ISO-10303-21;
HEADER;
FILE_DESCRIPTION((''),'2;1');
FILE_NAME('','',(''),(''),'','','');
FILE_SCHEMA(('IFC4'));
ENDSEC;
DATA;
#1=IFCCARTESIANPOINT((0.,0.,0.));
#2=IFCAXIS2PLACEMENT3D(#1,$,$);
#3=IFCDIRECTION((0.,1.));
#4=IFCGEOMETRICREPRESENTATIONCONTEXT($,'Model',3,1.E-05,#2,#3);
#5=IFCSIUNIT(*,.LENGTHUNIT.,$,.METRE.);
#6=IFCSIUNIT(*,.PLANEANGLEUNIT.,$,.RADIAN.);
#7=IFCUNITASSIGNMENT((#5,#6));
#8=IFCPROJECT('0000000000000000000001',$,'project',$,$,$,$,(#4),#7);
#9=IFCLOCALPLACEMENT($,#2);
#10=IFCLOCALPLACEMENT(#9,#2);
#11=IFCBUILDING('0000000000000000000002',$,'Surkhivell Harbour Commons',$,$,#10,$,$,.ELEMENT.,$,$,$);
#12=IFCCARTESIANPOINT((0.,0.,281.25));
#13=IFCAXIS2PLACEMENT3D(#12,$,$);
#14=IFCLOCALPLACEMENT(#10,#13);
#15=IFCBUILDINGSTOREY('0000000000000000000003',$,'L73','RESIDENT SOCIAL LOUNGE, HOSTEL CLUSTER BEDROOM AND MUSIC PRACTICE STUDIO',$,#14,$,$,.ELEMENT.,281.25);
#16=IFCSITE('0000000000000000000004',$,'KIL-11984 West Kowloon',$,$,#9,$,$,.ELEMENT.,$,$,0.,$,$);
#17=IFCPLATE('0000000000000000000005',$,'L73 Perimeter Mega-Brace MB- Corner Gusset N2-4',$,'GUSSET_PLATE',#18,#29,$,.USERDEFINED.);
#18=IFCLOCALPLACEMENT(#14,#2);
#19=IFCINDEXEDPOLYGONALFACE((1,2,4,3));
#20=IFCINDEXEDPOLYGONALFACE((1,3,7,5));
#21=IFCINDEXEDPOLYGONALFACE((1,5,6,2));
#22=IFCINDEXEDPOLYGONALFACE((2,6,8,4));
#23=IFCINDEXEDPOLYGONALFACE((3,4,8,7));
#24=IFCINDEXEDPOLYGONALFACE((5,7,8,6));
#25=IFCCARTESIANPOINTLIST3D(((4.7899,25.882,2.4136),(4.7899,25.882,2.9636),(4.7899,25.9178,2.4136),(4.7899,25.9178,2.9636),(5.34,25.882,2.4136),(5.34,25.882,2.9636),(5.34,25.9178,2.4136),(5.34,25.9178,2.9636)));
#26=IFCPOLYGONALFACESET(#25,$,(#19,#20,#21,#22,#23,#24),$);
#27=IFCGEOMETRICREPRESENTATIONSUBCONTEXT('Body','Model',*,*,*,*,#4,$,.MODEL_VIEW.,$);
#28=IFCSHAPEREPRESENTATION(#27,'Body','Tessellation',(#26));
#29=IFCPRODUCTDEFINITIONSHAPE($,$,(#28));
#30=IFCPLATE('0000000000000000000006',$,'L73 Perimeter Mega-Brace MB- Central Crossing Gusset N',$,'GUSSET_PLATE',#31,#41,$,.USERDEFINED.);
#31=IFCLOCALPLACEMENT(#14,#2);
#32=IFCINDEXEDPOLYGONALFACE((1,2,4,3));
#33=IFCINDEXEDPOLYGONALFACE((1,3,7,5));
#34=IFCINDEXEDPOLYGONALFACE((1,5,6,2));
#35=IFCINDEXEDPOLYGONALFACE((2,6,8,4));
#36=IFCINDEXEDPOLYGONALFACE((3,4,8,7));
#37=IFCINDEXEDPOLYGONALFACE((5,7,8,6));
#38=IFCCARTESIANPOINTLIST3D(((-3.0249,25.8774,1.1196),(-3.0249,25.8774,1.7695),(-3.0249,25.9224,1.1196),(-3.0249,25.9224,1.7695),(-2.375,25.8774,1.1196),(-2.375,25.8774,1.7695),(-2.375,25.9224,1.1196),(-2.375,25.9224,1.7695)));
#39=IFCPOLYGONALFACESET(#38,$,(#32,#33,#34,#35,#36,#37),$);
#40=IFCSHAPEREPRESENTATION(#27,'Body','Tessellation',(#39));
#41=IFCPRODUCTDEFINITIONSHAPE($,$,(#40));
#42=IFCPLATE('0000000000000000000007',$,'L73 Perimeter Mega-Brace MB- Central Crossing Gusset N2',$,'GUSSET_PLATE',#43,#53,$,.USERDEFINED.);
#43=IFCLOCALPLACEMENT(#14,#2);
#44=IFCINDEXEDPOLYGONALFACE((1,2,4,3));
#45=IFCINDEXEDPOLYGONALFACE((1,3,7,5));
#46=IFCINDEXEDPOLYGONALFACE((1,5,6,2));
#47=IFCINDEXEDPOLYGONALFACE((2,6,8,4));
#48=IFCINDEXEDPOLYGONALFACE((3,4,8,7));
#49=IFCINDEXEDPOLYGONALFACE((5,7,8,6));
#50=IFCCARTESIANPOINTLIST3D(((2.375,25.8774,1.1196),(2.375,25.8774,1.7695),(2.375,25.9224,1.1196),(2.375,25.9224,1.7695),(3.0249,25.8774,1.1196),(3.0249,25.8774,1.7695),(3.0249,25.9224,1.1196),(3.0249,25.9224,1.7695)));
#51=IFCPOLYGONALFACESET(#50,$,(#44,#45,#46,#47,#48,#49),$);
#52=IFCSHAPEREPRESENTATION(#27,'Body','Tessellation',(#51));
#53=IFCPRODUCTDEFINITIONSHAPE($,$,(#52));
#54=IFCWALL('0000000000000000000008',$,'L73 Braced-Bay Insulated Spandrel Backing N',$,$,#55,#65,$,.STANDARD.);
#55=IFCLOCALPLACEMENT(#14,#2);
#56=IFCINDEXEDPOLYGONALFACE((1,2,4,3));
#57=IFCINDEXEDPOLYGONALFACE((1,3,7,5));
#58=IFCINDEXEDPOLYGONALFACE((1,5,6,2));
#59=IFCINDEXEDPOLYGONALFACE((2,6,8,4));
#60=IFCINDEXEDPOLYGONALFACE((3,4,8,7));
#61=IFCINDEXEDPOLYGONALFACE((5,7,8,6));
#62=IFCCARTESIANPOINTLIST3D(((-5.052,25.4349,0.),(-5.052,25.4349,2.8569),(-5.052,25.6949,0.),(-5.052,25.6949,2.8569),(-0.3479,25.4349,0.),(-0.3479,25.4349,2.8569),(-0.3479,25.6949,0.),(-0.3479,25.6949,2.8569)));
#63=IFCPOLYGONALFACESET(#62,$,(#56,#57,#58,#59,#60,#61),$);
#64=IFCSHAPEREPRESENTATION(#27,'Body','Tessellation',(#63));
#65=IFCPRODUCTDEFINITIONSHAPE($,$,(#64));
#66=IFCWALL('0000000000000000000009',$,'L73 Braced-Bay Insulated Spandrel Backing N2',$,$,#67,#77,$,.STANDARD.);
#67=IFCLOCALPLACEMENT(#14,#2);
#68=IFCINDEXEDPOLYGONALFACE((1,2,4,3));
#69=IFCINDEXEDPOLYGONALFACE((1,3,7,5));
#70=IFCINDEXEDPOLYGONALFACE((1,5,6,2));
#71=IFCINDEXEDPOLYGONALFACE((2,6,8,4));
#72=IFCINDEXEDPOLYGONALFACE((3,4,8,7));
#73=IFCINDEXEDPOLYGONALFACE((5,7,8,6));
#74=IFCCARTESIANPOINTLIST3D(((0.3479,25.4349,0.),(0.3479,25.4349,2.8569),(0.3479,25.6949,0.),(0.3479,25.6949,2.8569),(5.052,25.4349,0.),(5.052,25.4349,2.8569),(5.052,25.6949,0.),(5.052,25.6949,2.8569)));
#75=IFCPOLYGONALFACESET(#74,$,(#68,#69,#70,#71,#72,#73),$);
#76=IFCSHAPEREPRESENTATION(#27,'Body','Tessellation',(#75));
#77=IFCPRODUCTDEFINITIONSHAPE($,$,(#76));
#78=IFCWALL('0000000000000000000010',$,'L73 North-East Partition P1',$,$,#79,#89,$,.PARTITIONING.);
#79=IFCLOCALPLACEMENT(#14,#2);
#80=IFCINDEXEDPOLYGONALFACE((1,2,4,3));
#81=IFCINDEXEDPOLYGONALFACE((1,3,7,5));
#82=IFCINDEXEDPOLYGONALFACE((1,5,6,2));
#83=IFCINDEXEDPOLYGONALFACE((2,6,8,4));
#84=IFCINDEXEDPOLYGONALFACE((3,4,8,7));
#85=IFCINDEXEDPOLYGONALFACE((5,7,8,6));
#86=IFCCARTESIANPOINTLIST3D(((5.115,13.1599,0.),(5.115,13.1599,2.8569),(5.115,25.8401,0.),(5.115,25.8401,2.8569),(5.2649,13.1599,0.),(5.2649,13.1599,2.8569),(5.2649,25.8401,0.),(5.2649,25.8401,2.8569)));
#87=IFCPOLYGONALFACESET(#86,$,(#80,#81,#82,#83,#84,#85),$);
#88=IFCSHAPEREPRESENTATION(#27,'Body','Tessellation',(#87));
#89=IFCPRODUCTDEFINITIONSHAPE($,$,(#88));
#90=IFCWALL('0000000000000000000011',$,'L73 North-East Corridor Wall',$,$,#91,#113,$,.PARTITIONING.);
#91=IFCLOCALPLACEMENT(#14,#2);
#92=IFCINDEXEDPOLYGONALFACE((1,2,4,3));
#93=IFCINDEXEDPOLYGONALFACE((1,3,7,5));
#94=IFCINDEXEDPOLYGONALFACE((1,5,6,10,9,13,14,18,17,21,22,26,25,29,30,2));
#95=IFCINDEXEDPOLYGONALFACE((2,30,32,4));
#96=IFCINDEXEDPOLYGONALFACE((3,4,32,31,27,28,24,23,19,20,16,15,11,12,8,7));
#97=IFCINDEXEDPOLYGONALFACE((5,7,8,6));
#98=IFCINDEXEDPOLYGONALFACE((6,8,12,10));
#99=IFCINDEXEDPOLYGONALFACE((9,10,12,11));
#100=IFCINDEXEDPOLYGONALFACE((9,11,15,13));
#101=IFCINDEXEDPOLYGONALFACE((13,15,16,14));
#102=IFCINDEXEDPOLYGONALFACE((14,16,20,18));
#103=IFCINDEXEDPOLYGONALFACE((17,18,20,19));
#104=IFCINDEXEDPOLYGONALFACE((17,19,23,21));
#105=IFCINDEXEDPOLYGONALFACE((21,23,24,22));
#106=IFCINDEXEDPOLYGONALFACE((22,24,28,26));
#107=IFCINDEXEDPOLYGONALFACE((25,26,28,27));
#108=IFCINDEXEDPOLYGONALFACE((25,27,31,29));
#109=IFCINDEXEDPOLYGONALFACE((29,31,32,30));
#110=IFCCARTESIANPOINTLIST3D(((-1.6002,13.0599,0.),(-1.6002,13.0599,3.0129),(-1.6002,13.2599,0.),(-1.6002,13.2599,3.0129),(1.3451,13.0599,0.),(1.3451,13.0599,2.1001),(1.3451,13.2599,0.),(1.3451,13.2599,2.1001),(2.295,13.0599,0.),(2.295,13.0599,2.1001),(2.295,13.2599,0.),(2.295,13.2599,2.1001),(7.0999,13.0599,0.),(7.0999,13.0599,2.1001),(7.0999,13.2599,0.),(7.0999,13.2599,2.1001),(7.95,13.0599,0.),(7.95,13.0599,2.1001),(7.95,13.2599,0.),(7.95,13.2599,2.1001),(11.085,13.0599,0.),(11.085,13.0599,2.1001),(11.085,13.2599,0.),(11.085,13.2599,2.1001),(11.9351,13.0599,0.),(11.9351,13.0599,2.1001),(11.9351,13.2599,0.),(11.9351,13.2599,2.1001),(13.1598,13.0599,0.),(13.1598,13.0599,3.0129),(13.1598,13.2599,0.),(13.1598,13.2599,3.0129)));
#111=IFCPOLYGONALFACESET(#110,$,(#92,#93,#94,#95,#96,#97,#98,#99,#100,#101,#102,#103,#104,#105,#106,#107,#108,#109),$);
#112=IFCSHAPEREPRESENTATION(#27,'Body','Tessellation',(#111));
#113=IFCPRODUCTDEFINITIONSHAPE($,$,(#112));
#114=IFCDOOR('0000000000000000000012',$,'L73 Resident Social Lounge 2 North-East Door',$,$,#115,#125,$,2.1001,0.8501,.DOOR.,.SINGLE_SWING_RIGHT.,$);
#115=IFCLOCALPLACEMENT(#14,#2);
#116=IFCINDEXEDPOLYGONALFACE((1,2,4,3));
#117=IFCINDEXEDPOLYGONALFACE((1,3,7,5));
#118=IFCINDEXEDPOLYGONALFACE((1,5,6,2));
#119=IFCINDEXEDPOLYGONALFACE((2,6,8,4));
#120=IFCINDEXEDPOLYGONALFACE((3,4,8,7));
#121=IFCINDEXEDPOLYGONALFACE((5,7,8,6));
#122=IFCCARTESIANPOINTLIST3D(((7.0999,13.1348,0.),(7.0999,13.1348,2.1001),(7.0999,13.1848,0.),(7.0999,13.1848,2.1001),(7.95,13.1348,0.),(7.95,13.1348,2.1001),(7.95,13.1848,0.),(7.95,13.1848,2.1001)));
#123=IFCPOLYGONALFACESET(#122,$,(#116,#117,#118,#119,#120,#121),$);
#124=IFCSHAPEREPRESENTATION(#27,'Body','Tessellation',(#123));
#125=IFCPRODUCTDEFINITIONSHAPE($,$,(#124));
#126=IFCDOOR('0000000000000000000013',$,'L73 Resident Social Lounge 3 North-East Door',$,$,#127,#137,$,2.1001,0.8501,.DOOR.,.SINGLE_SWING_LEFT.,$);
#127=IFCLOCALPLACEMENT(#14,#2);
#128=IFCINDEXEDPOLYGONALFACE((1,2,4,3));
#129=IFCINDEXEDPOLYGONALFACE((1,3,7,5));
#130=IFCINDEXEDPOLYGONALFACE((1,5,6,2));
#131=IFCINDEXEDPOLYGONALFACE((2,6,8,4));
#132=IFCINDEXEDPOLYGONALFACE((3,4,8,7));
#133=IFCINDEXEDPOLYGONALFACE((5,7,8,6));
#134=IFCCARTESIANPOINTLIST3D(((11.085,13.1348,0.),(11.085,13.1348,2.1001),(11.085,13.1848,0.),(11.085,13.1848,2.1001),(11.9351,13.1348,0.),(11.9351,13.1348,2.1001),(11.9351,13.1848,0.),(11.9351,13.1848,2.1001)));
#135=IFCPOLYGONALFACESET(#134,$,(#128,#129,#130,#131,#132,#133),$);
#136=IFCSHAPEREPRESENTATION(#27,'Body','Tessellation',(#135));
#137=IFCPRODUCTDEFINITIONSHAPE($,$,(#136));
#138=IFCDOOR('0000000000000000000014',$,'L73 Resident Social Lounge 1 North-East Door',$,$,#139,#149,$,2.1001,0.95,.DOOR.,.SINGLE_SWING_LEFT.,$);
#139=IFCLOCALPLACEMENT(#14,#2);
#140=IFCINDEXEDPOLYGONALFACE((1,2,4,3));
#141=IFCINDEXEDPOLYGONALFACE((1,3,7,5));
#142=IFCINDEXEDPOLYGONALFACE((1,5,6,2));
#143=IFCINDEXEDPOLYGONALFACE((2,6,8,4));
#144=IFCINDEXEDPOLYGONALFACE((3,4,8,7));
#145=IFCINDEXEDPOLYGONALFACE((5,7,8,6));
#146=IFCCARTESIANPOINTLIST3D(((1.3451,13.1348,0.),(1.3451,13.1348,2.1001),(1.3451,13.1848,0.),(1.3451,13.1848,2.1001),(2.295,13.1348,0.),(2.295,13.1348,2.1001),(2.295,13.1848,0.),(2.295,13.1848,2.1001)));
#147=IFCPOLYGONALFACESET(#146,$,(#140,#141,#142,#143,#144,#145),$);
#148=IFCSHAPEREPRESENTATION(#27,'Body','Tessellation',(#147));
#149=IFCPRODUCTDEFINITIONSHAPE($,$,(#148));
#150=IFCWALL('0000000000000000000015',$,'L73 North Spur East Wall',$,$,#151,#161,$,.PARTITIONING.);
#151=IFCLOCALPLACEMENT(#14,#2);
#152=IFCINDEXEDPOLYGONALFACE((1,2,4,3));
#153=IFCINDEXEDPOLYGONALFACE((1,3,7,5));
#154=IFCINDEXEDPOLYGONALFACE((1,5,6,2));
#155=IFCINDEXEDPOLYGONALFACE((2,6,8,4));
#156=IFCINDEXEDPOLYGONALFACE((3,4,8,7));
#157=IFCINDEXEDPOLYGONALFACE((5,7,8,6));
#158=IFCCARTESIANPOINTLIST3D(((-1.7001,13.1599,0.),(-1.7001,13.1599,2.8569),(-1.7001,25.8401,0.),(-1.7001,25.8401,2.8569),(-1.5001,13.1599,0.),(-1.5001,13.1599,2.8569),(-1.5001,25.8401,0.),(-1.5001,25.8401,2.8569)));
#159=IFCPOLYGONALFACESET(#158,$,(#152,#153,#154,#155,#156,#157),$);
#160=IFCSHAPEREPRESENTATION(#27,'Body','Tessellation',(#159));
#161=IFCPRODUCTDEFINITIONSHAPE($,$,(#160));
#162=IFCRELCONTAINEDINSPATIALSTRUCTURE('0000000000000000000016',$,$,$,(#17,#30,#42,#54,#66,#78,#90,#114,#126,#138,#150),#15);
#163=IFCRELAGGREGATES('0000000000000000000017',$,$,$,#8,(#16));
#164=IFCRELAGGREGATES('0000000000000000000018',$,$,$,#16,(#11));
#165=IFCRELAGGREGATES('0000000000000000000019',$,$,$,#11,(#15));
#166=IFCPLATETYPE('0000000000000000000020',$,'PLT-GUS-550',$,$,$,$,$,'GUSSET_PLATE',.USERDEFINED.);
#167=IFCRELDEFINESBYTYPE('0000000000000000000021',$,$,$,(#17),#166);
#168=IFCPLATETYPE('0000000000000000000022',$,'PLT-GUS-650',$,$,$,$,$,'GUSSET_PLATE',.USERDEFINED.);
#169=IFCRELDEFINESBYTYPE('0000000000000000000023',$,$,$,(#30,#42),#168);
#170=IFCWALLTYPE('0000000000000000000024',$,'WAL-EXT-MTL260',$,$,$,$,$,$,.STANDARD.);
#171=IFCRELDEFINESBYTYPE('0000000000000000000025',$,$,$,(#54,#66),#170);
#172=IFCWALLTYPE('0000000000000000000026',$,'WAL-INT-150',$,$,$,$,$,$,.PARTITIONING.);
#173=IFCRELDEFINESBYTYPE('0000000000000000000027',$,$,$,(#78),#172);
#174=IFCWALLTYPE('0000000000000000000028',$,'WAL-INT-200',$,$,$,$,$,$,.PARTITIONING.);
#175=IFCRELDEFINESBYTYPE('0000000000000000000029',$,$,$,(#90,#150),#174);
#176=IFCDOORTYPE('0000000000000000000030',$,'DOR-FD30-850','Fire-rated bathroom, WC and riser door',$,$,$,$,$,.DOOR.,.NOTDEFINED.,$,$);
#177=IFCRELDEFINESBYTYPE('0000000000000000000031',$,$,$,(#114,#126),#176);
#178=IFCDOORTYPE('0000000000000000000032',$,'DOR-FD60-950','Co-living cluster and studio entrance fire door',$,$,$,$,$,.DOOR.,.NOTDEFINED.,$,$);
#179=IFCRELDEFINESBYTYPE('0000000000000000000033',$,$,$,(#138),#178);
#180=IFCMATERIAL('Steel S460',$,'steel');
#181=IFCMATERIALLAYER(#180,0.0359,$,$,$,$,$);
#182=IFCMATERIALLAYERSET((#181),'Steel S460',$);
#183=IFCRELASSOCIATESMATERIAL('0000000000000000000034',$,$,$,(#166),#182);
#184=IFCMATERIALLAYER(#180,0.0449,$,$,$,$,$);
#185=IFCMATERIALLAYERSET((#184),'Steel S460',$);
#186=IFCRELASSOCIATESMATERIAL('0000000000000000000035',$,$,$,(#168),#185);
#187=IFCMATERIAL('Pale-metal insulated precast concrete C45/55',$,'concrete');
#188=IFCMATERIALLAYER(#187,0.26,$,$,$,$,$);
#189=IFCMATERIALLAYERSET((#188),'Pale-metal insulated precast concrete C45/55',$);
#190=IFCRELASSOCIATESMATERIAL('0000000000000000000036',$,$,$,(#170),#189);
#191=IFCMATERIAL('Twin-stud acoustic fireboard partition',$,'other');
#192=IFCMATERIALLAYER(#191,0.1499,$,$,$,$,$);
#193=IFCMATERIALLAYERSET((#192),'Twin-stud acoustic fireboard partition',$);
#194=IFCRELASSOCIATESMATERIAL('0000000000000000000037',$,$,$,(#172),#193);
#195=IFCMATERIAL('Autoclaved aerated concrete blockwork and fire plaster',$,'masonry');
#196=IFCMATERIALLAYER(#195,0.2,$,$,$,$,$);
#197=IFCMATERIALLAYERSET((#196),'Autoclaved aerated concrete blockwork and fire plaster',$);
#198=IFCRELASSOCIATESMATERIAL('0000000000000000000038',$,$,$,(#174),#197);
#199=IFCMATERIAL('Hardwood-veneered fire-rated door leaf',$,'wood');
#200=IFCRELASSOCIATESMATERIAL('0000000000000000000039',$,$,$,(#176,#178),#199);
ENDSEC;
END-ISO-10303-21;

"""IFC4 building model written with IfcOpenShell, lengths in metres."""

from ifc_helpers import new_model, si_unit, direction, frame, frame_2d, origin, origin_2d, place, context, subcontext, project, spatial, rectangle, extrude, material, layer, layer_set, type_object, element, fill, save


model = new_model("IFC4")

# Units and contexts
model_context = context("Model", 3, precision=1e-05, world=origin(), true_north=direction((0.0, 1.0)))
body_context = subcontext(model_context, "Body", "Model", "MODEL_VIEW")
ifc_project = project(units=[si_unit("LENGTHUNIT", "METRE"), si_unit("PLANEANGLEUNIT", "RADIAN")], contexts=[model_context])

# Site, building, storey
site_placement = place(None, origin())
site = spatial("IfcSite", under=ifc_project, at=site_placement, Name="KIL-11984 West Kowloon", CompositionType="ELEMENT", RefElevation=0.0)
building_placement = place(site_placement, origin())
building = spatial("IfcBuilding", under=site, at=building_placement, Name="Surkhivell Harbour Commons", CompositionType="ELEMENT")
storey_placement = place(building_placement, frame((0.0, 0.0, 281.25)))
storey = spatial("IfcBuildingStorey", under=building, at=storey_placement, Name="L73", Description="RESIDENT SOCIAL LOUNGE, HOSTEL CLUSTER BEDROOM AND MUSIC PRACTICE STUDIO", CompositionType="ELEMENT", Elevation=281.25)

# Shared definitions
ifc_material_1 = material(Name="Steel S460", Category="steel")

# Plates
ifc_layer_1 = layer(ifc_material_1, 0.0359)
ifc_layer_set_1 = layer_set([ifc_layer_1], Name="Steel S460")
plate_type_1 = type_object("IfcPlateType", Name="PLT-GUS-550", ElementType="GUSSET_PLATE", PredefinedType="USERDEFINED", material=ifc_layer_set_1)
for number, where, z_axis, x_axis, name in (
    (1, (5.0649, 25.8999, 2.4136), (0.0, 0.0, 1.0), (1.0, 0.0, 0.0), "L73 Perimeter Mega-Brace MB- Corner Gusset N2-4"),
):
    element("IfcPlate", number, at=place(storey_placement, frame(where, z_axis=z_axis, x_axis=x_axis)), inside=storey, type_object=plate_type_1, Name=name, ObjectType="GUSSET_PLATE", PredefinedType="USERDEFINED", context=body_context, shape_type="SweptSolid", body=[
        extrude(rectangle(XDim=0.55, YDim=0.0359, at=origin_2d()), origin(), (0.0, 0.0, 1.0), 0.55),
    ])
ifc_layer_2 = layer(ifc_material_1, 0.0449)
ifc_layer_set_2 = layer_set([ifc_layer_2], Name="Steel S460")
plate_type_2 = type_object("IfcPlateType", Name="PLT-GUS-650", ElementType="GUSSET_PLATE", PredefinedType="USERDEFINED", material=ifc_layer_set_2)
for number, where, z_axis, x_axis, name in (
    (2, (-2.7, 25.8999, 1.1196), (0.0, 0.0, 1.0), (1.0, 0.0, 0.0), "L73 Perimeter Mega-Brace MB- Central Crossing Gusset N"),
    (3, (2.7, 25.8999, 1.1196), (0.0, 0.0, 1.0), (1.0, 0.0, 0.0), "L73 Perimeter Mega-Brace MB- Central Crossing Gusset N2"),
):
    element("IfcPlate", number, at=place(storey_placement, frame(where, z_axis=z_axis, x_axis=x_axis)), inside=storey, type_object=plate_type_2, Name=name, ObjectType="GUSSET_PLATE", PredefinedType="USERDEFINED", context=body_context, shape_type="SweptSolid", body=[
        extrude(rectangle(XDim=0.6499, YDim=0.0449, at=origin_2d()), origin(), (0.0, 0.0, 1.0), 0.6499),
    ])

# Walls
ifc_material_2 = material(Name="Pale-metal insulated precast concrete C45/55", Category="concrete")
ifc_layer_3 = layer(ifc_material_2, 0.26)
ifc_layer_set_3 = layer_set([ifc_layer_3], Name="Pale-metal insulated precast concrete C45/55")
wall_type_1 = type_object("IfcWallType", Name="WAL-EXT-MTL260", PredefinedType="STANDARD", material=ifc_layer_set_3)
for number, where, z_axis, x_axis, name in (
    (4, (-0.3479, 25.5649, 0.0), (0.0, 0.0, 1.0), (-1.0, 0.0, 0.0), "L73 Braced-Bay Insulated Spandrel Backing N"),
    (5, (5.052, 25.5649, 0.0), (0.0, 0.0, 1.0), (-1.0, 0.0, 0.0), "L73 Braced-Bay Insulated Spandrel Backing N2"),
):
    element("IfcWall", number, at=place(storey_placement, frame(where, z_axis=z_axis, x_axis=x_axis)), inside=storey, type_object=wall_type_1, Name=name, PredefinedType="STANDARD", context=body_context, shape_type="SweptSolid", body=[
        extrude(rectangle(XDim=4.7041, YDim=0.26, at=frame_2d((2.3521, 0.0))), origin(), (0.0, 0.0, 1.0), 2.8569),
    ])
ifc_material_3 = material(Name="Twin-stud acoustic fireboard partition", Category="other")
ifc_layer_4 = layer(ifc_material_3, 0.1499)
ifc_layer_set_4 = layer_set([ifc_layer_4], Name="Twin-stud acoustic fireboard partition")
wall_type_2 = type_object("IfcWallType", Name="WAL-INT-150", PredefinedType="PARTITIONING", material=ifc_layer_set_4)
wall_1_placement = place(storey_placement, frame((5.1899, 13.1599, 0.0), z_axis=(0.0, 0.0, 1.0), x_axis=(0.0, 1.0, 0.0)))
element("IfcWall", 6, at=wall_1_placement, inside=storey, type_object=wall_type_2, Name="L73 North-East Partition P1", PredefinedType="PARTITIONING", context=body_context, shape_type="SweptSolid", body=[
    extrude(rectangle(XDim=12.6802, YDim=0.1499, at=frame_2d((6.3401, 0.0))), origin(), (0.0, 0.0, 1.0), 2.8569),
])

# Wall, openings, doors
ifc_material_4 = material(Name="Autoclaved aerated concrete blockwork and fire plaster", Category="masonry")
ifc_layer_5 = layer(ifc_material_4, 0.2)
ifc_layer_set_5 = layer_set([ifc_layer_5], Name="Autoclaved aerated concrete blockwork and fire plaster")
wall_type_3 = type_object("IfcWallType", Name="WAL-INT-200", PredefinedType="PARTITIONING", material=ifc_layer_set_5)
wall_2_placement = place(storey_placement, frame((-1.6001, 13.1599, 0.0), z_axis=(0.0, 0.0, 1.0), x_axis=(1.0, 0.0, 0.0)))
wall_2 = element("IfcWall", 7, at=wall_2_placement, inside=storey, type_object=wall_type_3, Name="L73 North-East Corridor Wall", PredefinedType="PARTITIONING", context=body_context, shape_type="SweptSolid", body=[
    extrude(rectangle(XDim=14.76, YDim=0.2, at=frame_2d((7.3799, 0.0))), origin(), (0.0, 0.0, 1.0), 3.0129),
])
opening_1_placement = place(wall_2_placement, frame((2.9451, 0.0, 0.0)))
opening_1 = element("IfcOpeningElement", 8, at=opening_1_placement, cuts=wall_2, PredefinedType="OPENING", context=body_context, shape_type="SweptSolid", body=[
    extrude(rectangle(XDim=0.95, YDim=2.1001, at=frame_2d((0.4751, 1.05))), frame((0.0, 0.1099, 0.0), z_axis=(0.0, -1.0, 0.0), x_axis=(1.0, 0.0, 0.0)), (0.0, 0.0, 1.0), 0.22),
])
opening_2_placement = place(wall_2_placement, frame((8.7, 0.0, 0.0)))
opening_2 = element("IfcOpeningElement", 9, at=opening_2_placement, cuts=wall_2, PredefinedType="OPENING", context=body_context, shape_type="SweptSolid", body=[
    extrude(rectangle(XDim=0.8501, YDim=2.1001, at=frame_2d((0.425, 1.05))), frame((0.0, 0.1099, 0.0), z_axis=(0.0, -1.0, 0.0), x_axis=(1.0, 0.0, 0.0)), (0.0, 0.0, 1.0), 0.22),
])
opening_3_placement = place(wall_2_placement, frame((12.6851, 0.0, 0.0)))
opening_3 = element("IfcOpeningElement", 10, at=opening_3_placement, cuts=wall_2, PredefinedType="OPENING", context=body_context, shape_type="SweptSolid", body=[
    extrude(rectangle(XDim=0.8501, YDim=2.1001, at=frame_2d((0.425, 1.05))), frame((0.0, 0.1099, 0.0), z_axis=(0.0, -1.0, 0.0), x_axis=(1.0, 0.0, 0.0)), (0.0, 0.0, 1.0), 0.22),
])
ifc_material_5 = material(Name="Hardwood-veneered fire-rated door leaf", Category="wood")
door_type_1 = type_object("IfcDoorType", Name="DOR-FD30-850", Description="Fire-rated bathroom, WC and riser door", OperationType="NOTDEFINED", PredefinedType="DOOR", material=ifc_material_5)
door_1_placement = place(opening_2_placement, origin())
door_1 = element("IfcDoor", 11, at=door_1_placement, inside=storey, type_object=door_type_1, Name="L73 Resident Social Lounge 2 North-East Door", OperationType="SINGLE_SWING_RIGHT", OverallHeight=2.1001, OverallWidth=0.8501, PredefinedType="DOOR", context=body_context, shape_type="SweptSolid", body=[
    extrude(rectangle(XDim=0.8501, YDim=2.1001, at=frame_2d((0.425, 1.05))), frame((0.0, 0.0249, 0.0), z_axis=(0.0, -1.0, 0.0), x_axis=(1.0, 0.0, 0.0)), (0.0, 0.0, 1.0), 0.05),
])
fill(opening_2, door_1)
door_2_placement = place(opening_3_placement, origin())
door_2 = element("IfcDoor", 12, at=door_2_placement, inside=storey, type_object=door_type_1, Name="L73 Resident Social Lounge 3 North-East Door", OperationType="SINGLE_SWING_LEFT", OverallHeight=2.1001, OverallWidth=0.8501, PredefinedType="DOOR", context=body_context, shape_type="SweptSolid", body=[
    extrude(rectangle(XDim=0.8501, YDim=2.1001, at=frame_2d((0.425, 1.05))), frame((0.0, 0.0249, 0.0), z_axis=(0.0, -1.0, 0.0), x_axis=(1.0, 0.0, 0.0)), (0.0, 0.0, 1.0), 0.05),
])
fill(opening_3, door_2)
door_type_2 = type_object("IfcDoorType", Name="DOR-FD60-950", Description="Co-living cluster and studio entrance fire door", OperationType="NOTDEFINED", PredefinedType="DOOR", material=ifc_material_5)
door_3_placement = place(opening_1_placement, origin())
door_3 = element("IfcDoor", 13, at=door_3_placement, inside=storey, type_object=door_type_2, Name="L73 Resident Social Lounge 1 North-East Door", OperationType="SINGLE_SWING_LEFT", OverallHeight=2.1001, OverallWidth=0.95, PredefinedType="DOOR", context=body_context, shape_type="SweptSolid", body=[
    extrude(rectangle(XDim=0.95, YDim=2.1001, at=frame_2d((0.4751, 1.05))), frame((0.0, 0.0249, 0.0), z_axis=(0.0, -1.0, 0.0), x_axis=(1.0, 0.0, 0.0)), (0.0, 0.0, 1.0), 0.05),
])
fill(opening_1, door_3)

# Wall
wall_3_placement = place(storey_placement, frame((-1.6001, 13.1599, 0.0), z_axis=(0.0, 0.0, 1.0), x_axis=(0.0, 1.0, 0.0)))
element("IfcWall", 14, at=wall_3_placement, inside=storey, type_object=wall_type_3, Name="L73 North Spur East Wall", PredefinedType="PARTITIONING", context=body_context, shape_type="SweptSolid", body=[
    extrude(rectangle(XDim=12.6802, YDim=0.2, at=frame_2d((6.3401, 0.0))), origin(), (0.0, 0.0, 1.0), 2.8569),
])

save(model, "model.ifc")
